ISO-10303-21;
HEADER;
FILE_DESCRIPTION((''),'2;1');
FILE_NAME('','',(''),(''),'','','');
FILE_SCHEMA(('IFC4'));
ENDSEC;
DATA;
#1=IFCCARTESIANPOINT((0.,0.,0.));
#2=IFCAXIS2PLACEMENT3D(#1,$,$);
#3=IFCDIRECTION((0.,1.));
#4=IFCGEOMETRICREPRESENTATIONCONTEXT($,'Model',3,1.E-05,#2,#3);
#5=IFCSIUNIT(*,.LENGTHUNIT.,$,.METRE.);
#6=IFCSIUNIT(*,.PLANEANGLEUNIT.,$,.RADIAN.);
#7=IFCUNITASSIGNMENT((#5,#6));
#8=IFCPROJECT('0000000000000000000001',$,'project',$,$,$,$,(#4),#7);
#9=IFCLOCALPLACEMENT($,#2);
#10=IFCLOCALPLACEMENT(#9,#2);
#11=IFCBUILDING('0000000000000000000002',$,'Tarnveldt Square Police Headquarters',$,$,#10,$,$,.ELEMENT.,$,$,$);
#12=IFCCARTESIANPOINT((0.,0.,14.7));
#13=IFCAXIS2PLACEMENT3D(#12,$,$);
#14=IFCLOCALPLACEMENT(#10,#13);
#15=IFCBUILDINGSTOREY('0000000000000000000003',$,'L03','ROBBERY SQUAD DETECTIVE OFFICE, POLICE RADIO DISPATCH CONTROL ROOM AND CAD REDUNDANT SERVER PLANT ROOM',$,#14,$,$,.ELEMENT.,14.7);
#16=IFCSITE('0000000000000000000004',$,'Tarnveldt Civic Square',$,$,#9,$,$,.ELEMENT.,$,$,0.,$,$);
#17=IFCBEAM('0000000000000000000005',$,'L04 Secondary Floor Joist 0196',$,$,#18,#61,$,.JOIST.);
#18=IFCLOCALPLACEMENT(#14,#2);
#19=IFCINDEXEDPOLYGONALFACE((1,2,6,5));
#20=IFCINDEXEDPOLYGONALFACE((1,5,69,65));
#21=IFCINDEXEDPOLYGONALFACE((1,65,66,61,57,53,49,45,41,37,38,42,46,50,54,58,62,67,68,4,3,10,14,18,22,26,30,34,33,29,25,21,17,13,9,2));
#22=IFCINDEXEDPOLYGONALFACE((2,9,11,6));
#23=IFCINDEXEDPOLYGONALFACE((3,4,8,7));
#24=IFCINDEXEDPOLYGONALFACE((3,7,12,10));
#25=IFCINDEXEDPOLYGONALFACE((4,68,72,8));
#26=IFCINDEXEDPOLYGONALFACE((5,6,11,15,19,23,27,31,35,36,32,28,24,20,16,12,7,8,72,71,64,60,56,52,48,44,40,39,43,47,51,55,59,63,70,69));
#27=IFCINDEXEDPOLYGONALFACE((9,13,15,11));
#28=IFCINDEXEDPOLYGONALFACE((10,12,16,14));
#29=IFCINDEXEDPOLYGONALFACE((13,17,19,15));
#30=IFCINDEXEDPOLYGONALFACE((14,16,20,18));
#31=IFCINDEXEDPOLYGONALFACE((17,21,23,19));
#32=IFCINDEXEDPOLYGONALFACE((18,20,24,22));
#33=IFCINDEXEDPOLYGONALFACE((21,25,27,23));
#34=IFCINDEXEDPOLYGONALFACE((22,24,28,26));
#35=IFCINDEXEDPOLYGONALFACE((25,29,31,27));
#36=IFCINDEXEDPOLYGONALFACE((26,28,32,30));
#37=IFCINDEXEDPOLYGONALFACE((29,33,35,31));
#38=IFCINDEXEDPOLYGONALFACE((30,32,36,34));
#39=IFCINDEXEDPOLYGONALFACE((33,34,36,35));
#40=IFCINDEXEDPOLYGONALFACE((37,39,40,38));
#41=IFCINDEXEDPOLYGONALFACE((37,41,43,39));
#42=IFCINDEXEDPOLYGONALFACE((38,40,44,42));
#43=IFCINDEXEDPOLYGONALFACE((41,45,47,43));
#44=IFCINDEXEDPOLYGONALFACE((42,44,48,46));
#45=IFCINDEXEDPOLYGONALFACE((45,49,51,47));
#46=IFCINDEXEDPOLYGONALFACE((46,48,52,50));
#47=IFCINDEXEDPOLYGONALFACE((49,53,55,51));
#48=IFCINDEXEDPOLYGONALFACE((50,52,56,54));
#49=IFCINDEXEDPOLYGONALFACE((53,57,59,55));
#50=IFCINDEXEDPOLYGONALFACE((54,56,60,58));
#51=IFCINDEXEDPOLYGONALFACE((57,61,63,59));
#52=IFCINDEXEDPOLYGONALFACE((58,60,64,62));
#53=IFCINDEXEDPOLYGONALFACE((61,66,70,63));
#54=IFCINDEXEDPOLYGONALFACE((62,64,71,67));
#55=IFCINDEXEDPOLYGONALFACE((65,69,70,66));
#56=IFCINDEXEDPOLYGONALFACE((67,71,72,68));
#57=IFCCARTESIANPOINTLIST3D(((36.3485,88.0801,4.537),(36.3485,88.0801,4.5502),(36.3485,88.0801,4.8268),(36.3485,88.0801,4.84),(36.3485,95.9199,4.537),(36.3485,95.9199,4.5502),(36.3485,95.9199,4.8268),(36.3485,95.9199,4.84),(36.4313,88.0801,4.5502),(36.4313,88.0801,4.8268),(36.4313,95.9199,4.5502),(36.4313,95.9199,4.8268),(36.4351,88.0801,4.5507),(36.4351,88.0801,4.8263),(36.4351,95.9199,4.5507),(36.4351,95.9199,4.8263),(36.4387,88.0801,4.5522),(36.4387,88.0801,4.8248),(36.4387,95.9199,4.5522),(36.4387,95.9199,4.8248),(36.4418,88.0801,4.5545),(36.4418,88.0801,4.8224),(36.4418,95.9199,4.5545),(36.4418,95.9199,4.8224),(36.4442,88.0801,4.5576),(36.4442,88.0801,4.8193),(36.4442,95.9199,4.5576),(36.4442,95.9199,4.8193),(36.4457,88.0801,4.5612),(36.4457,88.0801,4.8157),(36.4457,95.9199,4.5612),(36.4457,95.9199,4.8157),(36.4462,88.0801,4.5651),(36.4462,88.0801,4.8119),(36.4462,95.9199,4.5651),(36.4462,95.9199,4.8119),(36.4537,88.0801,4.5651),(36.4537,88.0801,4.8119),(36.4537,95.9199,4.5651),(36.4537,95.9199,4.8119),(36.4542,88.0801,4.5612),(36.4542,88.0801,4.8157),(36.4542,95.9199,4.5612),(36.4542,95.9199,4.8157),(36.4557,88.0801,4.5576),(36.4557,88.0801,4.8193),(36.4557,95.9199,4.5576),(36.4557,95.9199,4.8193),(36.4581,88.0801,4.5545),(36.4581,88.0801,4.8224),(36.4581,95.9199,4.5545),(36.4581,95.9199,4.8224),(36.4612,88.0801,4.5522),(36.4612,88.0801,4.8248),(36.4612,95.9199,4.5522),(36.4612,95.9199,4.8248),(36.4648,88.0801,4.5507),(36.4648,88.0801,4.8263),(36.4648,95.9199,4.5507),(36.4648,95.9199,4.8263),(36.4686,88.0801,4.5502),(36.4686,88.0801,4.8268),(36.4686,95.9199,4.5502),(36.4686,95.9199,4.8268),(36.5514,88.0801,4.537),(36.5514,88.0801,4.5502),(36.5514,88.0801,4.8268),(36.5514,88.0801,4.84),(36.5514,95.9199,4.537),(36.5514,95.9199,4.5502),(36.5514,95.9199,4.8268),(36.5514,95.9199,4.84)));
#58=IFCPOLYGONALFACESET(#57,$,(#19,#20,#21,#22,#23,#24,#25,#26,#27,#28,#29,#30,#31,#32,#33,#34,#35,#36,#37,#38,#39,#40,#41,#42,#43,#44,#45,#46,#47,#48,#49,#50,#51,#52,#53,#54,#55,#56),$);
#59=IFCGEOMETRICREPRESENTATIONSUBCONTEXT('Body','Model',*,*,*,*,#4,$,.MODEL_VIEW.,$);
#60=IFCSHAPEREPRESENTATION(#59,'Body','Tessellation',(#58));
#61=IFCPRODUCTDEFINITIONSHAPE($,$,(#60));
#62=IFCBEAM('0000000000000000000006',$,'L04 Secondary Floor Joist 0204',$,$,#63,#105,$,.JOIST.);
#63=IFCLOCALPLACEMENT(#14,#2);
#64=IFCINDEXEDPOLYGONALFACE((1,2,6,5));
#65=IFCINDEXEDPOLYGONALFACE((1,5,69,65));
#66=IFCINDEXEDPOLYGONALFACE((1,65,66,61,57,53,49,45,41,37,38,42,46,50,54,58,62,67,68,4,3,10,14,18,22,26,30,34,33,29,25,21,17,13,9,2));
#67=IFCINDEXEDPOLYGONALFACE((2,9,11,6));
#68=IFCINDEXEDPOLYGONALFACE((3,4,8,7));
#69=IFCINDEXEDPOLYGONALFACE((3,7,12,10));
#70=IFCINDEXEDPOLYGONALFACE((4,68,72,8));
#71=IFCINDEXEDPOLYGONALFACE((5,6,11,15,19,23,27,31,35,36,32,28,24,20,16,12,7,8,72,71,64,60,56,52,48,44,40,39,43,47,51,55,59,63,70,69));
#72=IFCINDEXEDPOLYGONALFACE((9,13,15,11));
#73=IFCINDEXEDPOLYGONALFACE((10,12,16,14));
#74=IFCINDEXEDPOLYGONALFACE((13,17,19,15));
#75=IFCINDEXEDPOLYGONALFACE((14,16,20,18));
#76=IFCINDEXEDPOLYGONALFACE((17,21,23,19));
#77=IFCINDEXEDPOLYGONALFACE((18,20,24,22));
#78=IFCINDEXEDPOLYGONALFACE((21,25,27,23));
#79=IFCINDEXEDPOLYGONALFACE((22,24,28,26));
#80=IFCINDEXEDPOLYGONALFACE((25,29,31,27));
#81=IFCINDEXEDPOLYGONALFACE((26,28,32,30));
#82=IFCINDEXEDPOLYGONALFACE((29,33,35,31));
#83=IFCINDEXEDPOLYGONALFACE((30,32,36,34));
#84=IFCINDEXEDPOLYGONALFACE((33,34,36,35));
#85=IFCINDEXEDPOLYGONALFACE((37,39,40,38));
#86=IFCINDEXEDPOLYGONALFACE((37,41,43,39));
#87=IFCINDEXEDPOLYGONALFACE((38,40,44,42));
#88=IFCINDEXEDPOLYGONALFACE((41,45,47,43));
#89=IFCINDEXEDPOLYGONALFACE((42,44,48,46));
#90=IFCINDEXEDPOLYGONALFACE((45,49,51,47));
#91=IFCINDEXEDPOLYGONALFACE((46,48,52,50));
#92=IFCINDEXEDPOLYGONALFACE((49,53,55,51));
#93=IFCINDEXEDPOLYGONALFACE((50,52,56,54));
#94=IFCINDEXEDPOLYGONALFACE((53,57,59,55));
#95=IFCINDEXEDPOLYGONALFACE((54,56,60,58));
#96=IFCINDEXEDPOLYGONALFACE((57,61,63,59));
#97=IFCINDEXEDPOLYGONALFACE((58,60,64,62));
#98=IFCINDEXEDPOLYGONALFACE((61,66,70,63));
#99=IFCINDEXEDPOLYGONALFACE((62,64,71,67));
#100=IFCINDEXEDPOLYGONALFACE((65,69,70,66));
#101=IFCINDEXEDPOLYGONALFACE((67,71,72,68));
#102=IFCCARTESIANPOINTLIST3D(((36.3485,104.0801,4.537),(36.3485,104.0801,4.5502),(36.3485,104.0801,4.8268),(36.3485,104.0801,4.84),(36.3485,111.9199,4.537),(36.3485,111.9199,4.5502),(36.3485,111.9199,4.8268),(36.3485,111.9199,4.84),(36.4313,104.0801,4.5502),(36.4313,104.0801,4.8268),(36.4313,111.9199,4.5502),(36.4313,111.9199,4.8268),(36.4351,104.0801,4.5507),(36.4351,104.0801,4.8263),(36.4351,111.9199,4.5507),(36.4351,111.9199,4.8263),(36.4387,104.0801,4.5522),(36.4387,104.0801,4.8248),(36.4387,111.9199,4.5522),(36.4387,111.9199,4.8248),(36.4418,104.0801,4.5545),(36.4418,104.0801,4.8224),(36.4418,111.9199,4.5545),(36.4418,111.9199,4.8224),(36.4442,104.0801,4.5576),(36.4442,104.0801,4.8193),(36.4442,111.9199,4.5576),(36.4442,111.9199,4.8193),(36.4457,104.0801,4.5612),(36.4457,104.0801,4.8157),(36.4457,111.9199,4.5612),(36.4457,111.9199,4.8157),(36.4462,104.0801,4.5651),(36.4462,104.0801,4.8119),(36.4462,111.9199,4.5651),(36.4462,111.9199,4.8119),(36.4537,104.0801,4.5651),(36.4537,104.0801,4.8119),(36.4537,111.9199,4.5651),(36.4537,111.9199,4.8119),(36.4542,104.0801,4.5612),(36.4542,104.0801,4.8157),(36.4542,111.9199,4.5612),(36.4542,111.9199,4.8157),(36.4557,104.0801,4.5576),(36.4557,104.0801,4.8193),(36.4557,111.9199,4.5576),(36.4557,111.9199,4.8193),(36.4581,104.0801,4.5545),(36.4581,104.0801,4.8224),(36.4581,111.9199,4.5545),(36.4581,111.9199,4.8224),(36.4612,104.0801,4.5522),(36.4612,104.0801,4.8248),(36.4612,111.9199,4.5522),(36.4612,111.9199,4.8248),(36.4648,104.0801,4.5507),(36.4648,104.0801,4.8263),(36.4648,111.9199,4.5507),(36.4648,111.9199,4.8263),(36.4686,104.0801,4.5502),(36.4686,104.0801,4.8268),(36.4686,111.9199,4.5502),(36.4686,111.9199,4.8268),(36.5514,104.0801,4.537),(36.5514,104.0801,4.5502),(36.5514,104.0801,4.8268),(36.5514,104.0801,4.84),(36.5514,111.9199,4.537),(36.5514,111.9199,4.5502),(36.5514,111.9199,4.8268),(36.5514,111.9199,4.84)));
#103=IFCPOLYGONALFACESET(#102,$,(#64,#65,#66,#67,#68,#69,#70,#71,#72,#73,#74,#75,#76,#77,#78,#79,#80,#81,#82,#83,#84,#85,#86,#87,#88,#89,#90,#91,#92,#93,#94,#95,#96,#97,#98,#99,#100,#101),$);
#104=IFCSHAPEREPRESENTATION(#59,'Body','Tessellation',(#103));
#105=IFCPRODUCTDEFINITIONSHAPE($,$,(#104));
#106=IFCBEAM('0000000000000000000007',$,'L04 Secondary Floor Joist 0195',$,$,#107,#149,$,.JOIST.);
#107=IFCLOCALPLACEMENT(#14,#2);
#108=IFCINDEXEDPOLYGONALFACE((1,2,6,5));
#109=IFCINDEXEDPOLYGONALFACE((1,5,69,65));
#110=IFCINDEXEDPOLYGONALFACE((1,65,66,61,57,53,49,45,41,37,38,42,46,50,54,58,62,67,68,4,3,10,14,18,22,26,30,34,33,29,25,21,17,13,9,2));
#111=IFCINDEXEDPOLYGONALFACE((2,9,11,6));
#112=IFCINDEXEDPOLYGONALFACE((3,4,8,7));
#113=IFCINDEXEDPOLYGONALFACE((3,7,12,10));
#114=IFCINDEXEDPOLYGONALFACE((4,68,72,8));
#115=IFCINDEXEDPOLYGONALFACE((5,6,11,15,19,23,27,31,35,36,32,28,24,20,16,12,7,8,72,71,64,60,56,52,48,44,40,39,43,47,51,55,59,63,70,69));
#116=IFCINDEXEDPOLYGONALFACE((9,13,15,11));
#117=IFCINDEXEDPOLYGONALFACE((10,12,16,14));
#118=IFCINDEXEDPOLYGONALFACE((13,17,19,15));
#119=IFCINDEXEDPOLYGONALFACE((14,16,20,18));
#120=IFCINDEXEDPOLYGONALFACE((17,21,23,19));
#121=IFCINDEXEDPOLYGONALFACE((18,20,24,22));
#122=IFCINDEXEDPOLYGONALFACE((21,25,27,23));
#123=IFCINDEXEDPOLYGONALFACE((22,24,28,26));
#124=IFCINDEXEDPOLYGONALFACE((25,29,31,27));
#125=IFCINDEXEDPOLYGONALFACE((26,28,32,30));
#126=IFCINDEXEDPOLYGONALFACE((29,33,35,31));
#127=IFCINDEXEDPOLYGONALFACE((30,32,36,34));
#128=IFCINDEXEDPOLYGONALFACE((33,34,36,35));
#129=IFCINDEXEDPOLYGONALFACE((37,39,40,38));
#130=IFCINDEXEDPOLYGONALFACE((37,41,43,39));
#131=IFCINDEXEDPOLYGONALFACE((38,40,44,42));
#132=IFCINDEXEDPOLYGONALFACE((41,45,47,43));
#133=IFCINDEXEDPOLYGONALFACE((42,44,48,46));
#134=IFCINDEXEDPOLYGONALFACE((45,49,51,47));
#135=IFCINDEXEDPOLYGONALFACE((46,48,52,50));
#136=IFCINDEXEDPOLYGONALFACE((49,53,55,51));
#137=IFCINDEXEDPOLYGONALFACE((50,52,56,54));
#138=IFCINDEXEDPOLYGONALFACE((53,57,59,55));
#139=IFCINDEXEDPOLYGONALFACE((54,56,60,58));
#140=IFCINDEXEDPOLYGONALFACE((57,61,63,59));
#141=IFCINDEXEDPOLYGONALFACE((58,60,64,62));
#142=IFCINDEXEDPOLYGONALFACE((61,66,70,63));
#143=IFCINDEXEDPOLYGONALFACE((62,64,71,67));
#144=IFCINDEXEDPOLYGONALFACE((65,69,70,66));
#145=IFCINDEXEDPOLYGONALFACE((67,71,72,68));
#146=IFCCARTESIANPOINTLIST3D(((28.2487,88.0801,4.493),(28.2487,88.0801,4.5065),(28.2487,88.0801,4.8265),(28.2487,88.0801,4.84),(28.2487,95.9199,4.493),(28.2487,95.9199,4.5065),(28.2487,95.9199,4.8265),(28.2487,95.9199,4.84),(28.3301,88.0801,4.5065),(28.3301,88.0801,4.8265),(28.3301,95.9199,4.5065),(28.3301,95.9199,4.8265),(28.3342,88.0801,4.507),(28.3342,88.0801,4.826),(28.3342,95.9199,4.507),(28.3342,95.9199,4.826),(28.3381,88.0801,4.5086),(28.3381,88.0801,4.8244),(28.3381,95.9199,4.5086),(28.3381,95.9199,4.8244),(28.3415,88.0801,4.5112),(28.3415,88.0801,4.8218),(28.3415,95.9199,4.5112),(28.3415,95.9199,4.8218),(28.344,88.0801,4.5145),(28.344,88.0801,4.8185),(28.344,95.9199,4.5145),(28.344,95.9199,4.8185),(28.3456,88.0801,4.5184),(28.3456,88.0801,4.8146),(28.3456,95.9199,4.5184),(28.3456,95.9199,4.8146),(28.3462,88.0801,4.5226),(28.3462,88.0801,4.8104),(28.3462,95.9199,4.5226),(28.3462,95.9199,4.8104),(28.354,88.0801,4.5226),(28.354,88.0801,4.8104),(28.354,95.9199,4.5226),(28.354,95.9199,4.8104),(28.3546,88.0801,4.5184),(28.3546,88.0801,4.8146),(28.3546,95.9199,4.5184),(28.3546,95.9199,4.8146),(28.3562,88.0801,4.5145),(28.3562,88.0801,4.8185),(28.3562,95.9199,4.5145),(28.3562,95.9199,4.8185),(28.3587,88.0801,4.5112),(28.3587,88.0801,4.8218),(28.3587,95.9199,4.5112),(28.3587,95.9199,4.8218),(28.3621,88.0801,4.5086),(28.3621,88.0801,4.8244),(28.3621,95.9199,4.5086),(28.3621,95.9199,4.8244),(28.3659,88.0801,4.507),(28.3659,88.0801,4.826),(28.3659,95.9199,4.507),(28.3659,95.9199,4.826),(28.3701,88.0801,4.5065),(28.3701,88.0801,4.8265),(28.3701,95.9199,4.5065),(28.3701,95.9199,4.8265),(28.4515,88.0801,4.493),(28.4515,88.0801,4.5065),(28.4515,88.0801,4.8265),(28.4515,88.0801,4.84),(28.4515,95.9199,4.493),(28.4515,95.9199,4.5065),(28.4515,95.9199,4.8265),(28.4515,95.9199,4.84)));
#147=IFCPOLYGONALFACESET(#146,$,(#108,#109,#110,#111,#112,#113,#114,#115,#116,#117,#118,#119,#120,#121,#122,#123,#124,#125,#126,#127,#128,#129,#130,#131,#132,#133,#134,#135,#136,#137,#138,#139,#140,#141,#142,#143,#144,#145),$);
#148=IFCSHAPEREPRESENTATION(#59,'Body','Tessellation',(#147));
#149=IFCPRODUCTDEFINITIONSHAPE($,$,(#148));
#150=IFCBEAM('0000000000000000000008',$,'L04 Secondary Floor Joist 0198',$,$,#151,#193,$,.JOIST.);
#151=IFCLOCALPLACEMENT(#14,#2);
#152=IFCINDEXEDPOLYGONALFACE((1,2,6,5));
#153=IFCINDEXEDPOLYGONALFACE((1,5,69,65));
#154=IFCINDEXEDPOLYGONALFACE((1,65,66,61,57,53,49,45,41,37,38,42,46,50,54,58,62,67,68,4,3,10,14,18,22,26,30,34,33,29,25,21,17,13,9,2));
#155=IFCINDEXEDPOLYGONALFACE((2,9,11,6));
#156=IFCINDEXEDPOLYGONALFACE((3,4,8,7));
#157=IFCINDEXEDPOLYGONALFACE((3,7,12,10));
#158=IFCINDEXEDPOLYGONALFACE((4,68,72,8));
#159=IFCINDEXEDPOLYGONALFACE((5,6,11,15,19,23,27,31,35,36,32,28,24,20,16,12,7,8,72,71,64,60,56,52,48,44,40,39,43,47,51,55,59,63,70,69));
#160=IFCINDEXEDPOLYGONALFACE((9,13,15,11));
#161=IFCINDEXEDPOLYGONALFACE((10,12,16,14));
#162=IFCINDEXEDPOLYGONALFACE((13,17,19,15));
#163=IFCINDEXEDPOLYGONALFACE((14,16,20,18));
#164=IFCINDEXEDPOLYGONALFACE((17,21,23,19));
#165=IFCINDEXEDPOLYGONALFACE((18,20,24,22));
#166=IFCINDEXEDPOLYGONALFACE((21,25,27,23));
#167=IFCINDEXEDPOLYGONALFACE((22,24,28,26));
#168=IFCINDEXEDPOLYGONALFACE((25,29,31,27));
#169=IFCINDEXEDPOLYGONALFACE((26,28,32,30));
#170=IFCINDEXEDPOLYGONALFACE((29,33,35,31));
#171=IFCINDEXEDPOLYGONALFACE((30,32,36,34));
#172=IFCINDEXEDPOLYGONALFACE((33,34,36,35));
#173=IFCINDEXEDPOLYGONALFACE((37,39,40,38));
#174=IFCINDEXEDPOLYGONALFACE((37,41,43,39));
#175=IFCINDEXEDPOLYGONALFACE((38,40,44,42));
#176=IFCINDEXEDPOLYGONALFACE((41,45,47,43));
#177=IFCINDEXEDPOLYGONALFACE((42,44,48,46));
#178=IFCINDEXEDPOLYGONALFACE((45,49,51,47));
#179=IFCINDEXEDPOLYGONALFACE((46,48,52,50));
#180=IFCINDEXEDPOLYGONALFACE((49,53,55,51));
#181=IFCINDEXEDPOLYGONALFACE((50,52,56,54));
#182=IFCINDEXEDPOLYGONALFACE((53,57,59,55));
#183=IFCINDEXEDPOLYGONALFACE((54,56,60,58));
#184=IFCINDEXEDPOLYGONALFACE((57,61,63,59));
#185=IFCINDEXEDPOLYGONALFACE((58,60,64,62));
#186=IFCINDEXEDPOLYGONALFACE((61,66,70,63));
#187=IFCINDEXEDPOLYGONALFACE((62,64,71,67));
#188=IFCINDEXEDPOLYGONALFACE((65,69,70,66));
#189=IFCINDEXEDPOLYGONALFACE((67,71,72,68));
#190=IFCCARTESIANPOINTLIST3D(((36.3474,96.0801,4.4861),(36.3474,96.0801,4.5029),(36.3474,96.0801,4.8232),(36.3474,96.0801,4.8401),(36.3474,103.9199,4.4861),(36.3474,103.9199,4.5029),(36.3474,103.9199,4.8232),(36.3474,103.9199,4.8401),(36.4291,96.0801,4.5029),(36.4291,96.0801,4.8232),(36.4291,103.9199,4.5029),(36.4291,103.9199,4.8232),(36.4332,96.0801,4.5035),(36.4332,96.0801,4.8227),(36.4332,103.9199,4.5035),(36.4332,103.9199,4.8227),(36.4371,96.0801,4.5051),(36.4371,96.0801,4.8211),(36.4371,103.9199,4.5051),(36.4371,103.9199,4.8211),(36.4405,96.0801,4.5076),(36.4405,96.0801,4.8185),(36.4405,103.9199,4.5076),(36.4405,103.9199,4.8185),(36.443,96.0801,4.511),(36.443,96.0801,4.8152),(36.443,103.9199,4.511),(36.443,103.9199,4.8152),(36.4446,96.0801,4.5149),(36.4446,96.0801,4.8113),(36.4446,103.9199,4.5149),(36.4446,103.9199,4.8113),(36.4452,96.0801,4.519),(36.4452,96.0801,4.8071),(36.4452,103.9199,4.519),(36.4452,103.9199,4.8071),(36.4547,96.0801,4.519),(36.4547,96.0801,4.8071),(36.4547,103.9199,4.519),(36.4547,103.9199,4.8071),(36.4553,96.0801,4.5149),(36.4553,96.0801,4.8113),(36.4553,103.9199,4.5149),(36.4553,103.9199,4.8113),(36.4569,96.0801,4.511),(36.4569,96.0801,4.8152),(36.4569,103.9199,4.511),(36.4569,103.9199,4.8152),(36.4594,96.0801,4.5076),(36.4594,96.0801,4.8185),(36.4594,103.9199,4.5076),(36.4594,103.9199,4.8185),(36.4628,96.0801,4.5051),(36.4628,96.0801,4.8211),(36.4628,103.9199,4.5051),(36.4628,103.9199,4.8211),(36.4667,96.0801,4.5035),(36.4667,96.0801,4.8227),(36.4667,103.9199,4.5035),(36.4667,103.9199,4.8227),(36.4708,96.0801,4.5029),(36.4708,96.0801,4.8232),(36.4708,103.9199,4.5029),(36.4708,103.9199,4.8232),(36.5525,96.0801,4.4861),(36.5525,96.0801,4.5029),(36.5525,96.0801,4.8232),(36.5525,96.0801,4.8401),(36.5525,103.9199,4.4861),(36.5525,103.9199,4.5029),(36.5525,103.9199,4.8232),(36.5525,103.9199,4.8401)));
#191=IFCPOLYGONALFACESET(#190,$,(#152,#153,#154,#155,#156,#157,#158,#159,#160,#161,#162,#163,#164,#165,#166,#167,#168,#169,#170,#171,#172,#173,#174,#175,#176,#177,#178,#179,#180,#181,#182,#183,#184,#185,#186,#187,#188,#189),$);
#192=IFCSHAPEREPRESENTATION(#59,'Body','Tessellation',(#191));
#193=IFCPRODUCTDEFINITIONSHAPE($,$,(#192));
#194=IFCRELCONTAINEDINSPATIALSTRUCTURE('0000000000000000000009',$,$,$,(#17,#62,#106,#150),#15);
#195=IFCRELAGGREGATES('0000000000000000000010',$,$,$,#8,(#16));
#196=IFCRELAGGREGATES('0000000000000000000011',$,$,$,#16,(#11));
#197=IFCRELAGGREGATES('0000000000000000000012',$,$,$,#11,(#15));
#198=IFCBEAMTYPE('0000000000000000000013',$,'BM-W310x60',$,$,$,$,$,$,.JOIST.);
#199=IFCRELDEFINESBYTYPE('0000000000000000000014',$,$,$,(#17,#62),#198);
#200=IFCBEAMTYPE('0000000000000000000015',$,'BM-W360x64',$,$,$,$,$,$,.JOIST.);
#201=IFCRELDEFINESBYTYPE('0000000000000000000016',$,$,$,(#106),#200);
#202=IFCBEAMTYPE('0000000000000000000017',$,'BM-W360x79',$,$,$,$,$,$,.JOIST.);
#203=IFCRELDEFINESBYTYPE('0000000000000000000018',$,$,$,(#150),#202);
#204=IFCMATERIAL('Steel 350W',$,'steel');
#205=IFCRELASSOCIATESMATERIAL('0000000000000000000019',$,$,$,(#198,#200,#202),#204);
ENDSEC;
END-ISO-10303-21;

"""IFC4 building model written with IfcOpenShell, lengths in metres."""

from ifc_helpers import new_model, si_unit, direction, frame, origin, origin_2d, place, context, subcontext, project, spatial, i_section, extrude, material, material_profile, profile_set, type_object, element, save


model = new_model("IFC4")

# Units and contexts
model_context = context("Model", 3, precision=1e-05, world=origin(), true_north=direction((0.0, 1.0)))
body_context = subcontext(model_context, "Body", "Model", "MODEL_VIEW")
ifc_project = project(units=[si_unit("LENGTHUNIT", "METRE"), si_unit("PLANEANGLEUNIT", "RADIAN")], contexts=[model_context])

# Site, building, storey
site_placement = place(None, origin())
site = spatial("IfcSite", under=ifc_project, at=site_placement, Name="Tarnveldt Civic Square", CompositionType="ELEMENT", RefElevation=0.0)
building_placement = place(site_placement, origin())
building = spatial("IfcBuilding", under=site, at=building_placement, Name="Tarnveldt Square Police Headquarters", CompositionType="ELEMENT")
storey_placement = place(building_placement, frame((0.0, 0.0, 14.7)))
storey = spatial("IfcBuildingStorey", under=building, at=storey_placement, Name="L03", Description="ROBBERY SQUAD DETECTIVE OFFICE, POLICE RADIO DISPATCH CONTROL ROOM AND CAD REDUNDANT SERVER PLANT ROOM", CompositionType="ELEMENT", Elevation=14.7)

# Shared definitions
ifc_material_1 = material(Name="Steel 350W", Category="steel")

# Beams
ifc_material_profile_1 = material_profile(ifc_material_1, i_section(OverallWidth=0.2029, OverallDepth=0.303, WebThickness=0.0076, FlangeThickness=0.0132, FilletRadius=0.0149, at=origin_2d()), Name="W310x60")
ifc_profile_set_1 = profile_set([ifc_material_profile_1], Name="Steel 350W")
beam_type_1 = type_object("IfcBeamType", Name="BM-W310x60", PredefinedType="JOIST", material=ifc_profile_set_1)
for number, where, z_axis, x_axis, name in (
    (1, (36.45, 88.0801, 4.6885), (0.0, 1.0, 0.0), (-1.0, 0.0, 0.0), "L04 Secondary Floor Joist 0196"),
    (2, (36.45, 104.0801, 4.6885), (0.0, 1.0, 0.0), (-1.0, 0.0, 0.0), "L04 Secondary Floor Joist 0204"),
):
    element("IfcBeam", number, at=place(storey_placement, frame(where, z_axis=z_axis, x_axis=x_axis)), inside=storey, type_object=beam_type_1, Name=name, PredefinedType="JOIST", context=body_context, shape_type="SweptSolid", body=[
        extrude(i_section(OverallWidth=0.2029, OverallDepth=0.303, WebThickness=0.0076, FlangeThickness=0.0132, FilletRadius=0.0149, at=origin_2d()), origin(), (0.0, 0.0, 1.0), 7.8398),
    ])
ifc_material_profile_2 = material_profile(ifc_material_1, i_section(OverallWidth=0.2029, OverallDepth=0.3469, WebThickness=0.0078, FlangeThickness=0.0134, FilletRadius=0.0161, at=origin_2d()), Name="W360x64")
ifc_profile_set_2 = profile_set([ifc_material_profile_2], Name="Steel 350W")
beam_type_2 = type_object("IfcBeamType", Name="BM-W360x64", PredefinedType="JOIST", material=ifc_profile_set_2)
beam_1_placement = place(storey_placement, frame((28.3501, 88.0801, 4.6665), z_axis=(0.0, 1.0, 0.0), x_axis=(-1.0, 0.0, 0.0)))
element("IfcBeam", 3, at=beam_1_placement, inside=storey, type_object=beam_type_2, Name="L04 Secondary Floor Joist 0195", PredefinedType="JOIST", context=body_context, shape_type="SweptSolid", body=[
    extrude(i_section(OverallWidth=0.2029, OverallDepth=0.3469, WebThickness=0.0078, FlangeThickness=0.0134, FilletRadius=0.0161, at=origin_2d()), origin(), (0.0, 0.0, 1.0), 7.8398),
])
ifc_material_profile_3 = material_profile(ifc_material_1, i_section(OverallWidth=0.2051, OverallDepth=0.354, WebThickness=0.0095, FlangeThickness=0.0168, FilletRadius=0.0161, at=origin_2d()), Name="W360x79")
ifc_profile_set_3 = profile_set([ifc_material_profile_3], Name="Steel 350W")
beam_type_3 = type_object("IfcBeamType", Name="BM-W360x79", PredefinedType="JOIST", material=ifc_profile_set_3)
beam_2_placement = place(storey_placement, frame((36.45, 96.0801, 4.6631), z_axis=(0.0, 1.0, 0.0), x_axis=(-1.0, 0.0, 0.0)))
element("IfcBeam", 4, at=beam_2_placement, inside=storey, type_object=beam_type_3, Name="L04 Secondary Floor Joist 0198", PredefinedType="JOIST", context=body_context, shape_type="SweptSolid", body=[
    extrude(i_section(OverallWidth=0.2051, OverallDepth=0.354, WebThickness=0.0095, FlangeThickness=0.0168, FilletRadius=0.0161, at=origin_2d()), origin(), (0.0, 0.0, 1.0), 7.8398),
])

save(model, "model.ifc")
